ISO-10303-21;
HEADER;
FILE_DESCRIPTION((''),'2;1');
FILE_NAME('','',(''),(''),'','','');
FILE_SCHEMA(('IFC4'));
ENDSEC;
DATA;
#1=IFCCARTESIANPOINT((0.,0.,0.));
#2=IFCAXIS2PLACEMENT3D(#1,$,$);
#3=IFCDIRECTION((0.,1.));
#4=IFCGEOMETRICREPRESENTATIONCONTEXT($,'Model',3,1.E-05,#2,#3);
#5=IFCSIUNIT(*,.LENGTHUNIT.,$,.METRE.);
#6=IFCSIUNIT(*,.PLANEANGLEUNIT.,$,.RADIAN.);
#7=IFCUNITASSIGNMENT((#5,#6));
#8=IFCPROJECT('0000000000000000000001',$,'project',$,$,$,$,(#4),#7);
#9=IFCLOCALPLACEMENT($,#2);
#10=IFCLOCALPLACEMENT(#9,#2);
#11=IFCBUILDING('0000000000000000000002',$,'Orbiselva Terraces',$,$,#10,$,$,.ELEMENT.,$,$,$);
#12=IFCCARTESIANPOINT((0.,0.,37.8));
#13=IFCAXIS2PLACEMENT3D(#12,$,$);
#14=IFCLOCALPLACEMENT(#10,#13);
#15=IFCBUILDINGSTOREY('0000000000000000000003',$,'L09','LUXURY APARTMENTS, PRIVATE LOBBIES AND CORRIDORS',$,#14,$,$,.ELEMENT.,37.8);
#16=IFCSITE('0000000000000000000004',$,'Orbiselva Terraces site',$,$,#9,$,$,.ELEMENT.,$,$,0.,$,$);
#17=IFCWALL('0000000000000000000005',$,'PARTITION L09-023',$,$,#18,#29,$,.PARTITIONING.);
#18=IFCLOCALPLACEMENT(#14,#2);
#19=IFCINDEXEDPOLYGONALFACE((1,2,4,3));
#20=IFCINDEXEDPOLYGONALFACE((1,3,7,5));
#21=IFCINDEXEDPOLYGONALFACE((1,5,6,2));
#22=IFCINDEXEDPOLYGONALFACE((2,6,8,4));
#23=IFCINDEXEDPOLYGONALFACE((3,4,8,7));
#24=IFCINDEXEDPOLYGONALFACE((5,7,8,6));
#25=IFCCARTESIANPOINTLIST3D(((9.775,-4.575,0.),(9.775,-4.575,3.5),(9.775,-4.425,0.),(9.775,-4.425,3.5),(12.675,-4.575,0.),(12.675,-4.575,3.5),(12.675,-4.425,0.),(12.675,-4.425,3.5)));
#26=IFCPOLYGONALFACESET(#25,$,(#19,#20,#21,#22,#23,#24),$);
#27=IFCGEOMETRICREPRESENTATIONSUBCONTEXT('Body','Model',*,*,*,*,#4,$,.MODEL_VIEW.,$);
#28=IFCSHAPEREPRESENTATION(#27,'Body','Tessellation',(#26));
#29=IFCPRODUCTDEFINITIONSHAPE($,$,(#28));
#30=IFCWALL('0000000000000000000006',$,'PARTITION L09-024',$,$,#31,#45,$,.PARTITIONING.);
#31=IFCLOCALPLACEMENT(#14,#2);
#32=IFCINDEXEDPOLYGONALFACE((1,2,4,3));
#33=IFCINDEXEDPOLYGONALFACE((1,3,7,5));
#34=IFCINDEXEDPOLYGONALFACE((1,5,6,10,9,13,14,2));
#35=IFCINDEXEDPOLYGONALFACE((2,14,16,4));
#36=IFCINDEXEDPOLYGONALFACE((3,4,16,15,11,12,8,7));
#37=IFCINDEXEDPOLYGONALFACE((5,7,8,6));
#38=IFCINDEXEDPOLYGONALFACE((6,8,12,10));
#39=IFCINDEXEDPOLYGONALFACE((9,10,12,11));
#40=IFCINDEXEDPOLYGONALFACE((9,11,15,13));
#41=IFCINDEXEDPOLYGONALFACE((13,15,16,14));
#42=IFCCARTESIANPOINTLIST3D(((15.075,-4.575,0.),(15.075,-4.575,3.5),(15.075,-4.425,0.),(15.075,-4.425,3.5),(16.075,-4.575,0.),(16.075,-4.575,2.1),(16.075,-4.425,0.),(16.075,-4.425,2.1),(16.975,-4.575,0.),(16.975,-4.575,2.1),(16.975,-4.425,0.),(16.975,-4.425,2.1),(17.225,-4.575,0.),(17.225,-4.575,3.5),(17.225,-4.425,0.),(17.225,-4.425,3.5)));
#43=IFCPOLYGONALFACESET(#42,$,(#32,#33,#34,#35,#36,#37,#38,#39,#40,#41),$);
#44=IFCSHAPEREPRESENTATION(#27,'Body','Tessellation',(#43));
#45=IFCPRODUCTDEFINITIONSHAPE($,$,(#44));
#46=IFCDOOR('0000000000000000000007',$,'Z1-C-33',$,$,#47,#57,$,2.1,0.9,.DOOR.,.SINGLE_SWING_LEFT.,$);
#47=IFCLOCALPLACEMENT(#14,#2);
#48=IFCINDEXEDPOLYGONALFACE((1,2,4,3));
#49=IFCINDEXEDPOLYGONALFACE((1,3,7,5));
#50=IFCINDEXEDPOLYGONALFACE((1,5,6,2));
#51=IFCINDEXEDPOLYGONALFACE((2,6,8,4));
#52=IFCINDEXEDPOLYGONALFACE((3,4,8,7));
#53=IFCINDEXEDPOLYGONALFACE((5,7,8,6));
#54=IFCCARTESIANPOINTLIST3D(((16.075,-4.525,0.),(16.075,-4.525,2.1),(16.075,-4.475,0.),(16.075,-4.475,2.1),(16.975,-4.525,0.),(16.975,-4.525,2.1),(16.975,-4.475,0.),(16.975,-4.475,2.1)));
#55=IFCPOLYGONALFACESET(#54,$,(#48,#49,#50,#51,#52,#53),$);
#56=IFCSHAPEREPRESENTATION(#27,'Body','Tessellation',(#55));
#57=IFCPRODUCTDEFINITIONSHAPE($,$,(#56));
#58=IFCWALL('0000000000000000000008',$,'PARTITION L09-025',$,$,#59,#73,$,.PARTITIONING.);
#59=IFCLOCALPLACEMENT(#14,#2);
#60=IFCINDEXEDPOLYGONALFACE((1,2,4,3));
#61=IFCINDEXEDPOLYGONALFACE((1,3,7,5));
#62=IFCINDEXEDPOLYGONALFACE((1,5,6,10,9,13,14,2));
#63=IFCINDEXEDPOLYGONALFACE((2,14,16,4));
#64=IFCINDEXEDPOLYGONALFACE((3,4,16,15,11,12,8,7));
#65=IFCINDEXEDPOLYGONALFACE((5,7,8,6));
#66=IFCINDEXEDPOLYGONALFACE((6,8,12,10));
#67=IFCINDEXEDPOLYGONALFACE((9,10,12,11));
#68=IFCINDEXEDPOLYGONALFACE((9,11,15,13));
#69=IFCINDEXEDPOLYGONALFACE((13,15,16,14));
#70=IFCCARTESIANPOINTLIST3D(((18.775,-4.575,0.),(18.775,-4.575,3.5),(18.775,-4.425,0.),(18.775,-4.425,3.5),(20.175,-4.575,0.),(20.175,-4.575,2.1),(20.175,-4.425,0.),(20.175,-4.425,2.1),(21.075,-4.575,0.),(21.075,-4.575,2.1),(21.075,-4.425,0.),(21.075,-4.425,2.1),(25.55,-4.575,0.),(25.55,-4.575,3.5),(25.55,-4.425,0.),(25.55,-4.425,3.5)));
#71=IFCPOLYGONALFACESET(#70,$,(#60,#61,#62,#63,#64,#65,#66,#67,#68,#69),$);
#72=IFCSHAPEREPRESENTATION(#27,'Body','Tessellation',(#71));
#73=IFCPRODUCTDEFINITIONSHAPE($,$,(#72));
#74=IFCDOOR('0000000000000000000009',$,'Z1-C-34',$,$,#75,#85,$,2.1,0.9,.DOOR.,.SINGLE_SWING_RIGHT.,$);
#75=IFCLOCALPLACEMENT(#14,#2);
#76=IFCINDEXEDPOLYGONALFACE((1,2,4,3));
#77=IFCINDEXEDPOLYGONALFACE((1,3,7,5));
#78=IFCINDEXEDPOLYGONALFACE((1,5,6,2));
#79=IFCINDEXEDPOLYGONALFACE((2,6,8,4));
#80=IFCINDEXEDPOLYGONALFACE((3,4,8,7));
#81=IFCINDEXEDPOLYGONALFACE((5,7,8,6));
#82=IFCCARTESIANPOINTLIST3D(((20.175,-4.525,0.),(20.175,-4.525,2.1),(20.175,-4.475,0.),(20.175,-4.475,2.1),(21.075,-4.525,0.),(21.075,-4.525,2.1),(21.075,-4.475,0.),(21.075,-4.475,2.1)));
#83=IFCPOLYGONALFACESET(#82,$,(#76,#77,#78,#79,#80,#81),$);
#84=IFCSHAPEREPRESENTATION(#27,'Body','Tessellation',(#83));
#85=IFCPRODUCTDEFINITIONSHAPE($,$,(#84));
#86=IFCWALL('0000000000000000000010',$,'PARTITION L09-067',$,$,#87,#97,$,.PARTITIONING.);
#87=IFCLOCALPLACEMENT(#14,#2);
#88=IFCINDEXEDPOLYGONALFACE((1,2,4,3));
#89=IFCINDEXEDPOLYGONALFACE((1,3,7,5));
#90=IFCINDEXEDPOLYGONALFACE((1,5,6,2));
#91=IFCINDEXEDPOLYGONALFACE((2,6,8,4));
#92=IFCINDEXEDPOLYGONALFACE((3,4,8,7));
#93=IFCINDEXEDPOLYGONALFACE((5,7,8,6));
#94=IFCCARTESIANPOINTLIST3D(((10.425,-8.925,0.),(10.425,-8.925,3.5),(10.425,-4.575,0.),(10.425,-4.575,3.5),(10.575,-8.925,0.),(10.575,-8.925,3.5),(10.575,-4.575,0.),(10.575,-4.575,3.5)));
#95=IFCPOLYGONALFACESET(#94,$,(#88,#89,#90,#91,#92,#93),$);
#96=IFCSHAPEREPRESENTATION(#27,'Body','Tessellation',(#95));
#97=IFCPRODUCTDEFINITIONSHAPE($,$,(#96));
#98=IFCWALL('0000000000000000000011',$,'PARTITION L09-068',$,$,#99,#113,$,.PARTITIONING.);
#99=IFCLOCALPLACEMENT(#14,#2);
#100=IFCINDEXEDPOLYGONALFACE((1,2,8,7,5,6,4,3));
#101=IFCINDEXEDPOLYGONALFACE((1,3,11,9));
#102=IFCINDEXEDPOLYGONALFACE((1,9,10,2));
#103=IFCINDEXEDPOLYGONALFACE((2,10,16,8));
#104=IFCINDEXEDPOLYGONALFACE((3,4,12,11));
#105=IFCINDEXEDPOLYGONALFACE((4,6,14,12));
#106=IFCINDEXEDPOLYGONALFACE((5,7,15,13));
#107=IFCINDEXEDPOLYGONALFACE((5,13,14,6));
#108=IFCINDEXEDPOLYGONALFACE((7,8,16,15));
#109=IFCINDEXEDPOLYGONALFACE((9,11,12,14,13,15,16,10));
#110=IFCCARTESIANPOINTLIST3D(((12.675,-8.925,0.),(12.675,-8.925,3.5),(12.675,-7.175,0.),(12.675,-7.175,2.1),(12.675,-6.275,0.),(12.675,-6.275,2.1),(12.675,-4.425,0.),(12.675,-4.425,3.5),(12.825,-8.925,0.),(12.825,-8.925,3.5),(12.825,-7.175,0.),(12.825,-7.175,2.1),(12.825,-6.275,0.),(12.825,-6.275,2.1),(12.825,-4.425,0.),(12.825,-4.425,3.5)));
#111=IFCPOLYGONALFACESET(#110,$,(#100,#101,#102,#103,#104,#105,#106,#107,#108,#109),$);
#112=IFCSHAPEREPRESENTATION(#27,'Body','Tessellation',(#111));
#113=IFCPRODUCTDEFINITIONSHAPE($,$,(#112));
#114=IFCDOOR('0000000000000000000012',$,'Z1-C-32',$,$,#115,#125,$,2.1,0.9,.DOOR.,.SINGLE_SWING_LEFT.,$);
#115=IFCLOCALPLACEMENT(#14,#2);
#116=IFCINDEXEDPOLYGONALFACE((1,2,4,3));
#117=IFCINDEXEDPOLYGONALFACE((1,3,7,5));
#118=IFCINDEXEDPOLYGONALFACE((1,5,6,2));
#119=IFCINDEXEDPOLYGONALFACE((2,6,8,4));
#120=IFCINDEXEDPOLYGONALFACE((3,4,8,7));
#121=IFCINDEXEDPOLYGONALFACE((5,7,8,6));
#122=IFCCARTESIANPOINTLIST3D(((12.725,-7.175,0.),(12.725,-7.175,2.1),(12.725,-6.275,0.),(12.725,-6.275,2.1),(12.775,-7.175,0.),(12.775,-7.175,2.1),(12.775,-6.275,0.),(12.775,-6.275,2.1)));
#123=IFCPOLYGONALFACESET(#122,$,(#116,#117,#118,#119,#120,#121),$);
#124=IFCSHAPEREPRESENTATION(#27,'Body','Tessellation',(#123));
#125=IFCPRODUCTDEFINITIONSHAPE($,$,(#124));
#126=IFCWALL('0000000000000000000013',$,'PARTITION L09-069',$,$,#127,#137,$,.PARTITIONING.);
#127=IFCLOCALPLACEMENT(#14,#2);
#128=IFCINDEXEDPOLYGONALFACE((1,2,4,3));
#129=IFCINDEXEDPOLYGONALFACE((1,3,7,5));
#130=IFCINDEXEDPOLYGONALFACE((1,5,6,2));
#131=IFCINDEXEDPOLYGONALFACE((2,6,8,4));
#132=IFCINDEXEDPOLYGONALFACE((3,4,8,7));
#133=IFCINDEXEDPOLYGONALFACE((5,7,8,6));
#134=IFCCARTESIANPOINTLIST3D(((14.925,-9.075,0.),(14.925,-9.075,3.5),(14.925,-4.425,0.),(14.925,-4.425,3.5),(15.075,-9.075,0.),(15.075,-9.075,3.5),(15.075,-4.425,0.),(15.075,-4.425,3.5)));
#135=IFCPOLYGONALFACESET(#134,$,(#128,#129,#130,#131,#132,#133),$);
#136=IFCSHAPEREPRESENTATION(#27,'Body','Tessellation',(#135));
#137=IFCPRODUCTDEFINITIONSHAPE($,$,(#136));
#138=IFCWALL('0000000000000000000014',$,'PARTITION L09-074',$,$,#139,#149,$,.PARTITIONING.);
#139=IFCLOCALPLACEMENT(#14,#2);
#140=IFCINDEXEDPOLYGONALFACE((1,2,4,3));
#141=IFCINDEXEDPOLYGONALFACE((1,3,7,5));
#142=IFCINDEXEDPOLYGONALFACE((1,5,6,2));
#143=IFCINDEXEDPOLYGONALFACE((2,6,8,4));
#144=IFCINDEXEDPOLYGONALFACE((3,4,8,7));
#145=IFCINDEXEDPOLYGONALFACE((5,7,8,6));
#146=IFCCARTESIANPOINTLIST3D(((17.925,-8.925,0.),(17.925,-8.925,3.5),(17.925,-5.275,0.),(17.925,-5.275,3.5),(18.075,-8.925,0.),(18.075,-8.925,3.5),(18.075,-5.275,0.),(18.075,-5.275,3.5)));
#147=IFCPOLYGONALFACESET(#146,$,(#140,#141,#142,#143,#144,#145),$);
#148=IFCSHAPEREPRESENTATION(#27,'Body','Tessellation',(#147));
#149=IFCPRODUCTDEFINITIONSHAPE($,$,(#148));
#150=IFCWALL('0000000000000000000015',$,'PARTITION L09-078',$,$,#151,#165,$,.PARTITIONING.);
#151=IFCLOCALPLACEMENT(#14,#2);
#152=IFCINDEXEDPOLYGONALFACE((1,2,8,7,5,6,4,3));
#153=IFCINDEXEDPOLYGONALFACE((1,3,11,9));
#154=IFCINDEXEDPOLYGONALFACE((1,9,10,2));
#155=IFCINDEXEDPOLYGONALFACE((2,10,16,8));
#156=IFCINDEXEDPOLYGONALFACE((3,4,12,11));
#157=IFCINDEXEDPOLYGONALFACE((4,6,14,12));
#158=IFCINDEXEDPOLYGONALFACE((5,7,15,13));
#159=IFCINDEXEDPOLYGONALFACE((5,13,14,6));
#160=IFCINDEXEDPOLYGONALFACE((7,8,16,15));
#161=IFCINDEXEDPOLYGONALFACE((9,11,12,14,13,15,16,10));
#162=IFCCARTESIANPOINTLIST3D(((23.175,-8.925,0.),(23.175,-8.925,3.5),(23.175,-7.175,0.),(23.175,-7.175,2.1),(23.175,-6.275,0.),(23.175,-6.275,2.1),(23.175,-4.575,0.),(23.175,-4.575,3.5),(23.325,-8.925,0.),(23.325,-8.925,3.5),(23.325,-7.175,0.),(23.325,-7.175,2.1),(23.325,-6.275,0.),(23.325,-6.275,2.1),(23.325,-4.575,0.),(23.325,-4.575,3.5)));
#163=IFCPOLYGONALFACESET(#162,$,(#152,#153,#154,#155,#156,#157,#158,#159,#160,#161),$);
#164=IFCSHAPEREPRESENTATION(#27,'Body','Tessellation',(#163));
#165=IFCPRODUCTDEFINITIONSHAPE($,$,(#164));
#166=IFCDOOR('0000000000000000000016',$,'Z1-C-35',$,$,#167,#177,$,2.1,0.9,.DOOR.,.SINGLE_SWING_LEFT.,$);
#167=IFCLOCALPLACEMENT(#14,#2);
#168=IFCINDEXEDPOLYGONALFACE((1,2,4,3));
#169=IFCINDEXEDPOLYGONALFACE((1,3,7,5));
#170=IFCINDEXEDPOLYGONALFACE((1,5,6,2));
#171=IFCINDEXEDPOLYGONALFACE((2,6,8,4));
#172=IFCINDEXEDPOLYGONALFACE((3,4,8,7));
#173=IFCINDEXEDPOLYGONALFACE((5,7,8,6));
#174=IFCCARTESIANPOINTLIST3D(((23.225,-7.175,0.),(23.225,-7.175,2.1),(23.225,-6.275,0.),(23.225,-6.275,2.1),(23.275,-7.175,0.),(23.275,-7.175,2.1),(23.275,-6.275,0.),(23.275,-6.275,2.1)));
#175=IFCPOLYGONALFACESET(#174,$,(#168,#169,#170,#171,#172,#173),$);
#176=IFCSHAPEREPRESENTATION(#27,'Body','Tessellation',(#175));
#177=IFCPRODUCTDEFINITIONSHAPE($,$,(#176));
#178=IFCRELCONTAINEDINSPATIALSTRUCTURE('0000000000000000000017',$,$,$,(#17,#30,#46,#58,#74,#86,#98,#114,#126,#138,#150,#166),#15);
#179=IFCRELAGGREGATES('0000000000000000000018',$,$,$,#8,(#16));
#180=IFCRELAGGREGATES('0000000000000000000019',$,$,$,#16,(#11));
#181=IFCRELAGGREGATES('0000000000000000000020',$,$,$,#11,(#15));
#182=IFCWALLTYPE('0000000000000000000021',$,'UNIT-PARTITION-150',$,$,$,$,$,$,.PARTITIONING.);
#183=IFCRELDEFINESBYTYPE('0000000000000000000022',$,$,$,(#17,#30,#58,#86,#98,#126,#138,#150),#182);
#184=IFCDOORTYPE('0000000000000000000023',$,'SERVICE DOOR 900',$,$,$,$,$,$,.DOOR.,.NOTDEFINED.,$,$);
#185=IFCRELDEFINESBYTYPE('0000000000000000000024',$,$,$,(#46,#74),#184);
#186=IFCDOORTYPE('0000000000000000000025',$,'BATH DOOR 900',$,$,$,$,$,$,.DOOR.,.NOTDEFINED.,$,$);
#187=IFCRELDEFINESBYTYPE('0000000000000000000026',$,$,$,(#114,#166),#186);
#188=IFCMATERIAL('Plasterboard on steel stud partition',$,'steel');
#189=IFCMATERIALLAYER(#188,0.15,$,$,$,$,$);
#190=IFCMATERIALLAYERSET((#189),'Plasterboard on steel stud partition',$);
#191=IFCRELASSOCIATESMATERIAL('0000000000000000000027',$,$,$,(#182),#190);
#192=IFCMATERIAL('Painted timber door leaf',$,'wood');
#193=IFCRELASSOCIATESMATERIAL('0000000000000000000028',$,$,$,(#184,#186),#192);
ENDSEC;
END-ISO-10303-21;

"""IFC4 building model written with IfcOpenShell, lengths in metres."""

from ifc_helpers import new_model, si_unit, direction, frame, frame_2d, origin, place, context, subcontext, project, spatial, rectangle, extrude, material, layer, layer_set, type_object, element, fill, save


model = new_model("IFC4")

# Units and contexts
model_context = context("Model", 3, precision=1e-05, world=origin(), true_north=direction((0.0, 1.0)))
body_context = subcontext(model_context, "Body", "Model", "MODEL_VIEW")
ifc_project = project(units=[si_unit("LENGTHUNIT", "METRE"), si_unit("PLANEANGLEUNIT", "RADIAN")], contexts=[model_context])

# Site, building, storey
site_placement = place(None, origin())
site = spatial("IfcSite", under=ifc_project, at=site_placement, Name="Orbiselva Terraces site", CompositionType="ELEMENT", RefElevation=0.0)
building_placement = place(site_placement, origin())
building = spatial("IfcBuilding", under=site, at=building_placement, Name="Orbiselva Terraces", CompositionType="ELEMENT")
storey_placement = place(building_placement, frame((0.0, 0.0, 37.8)))
storey = spatial("IfcBuildingStorey", under=building, at=storey_placement, Name="L09", Description="LUXURY APARTMENTS, PRIVATE LOBBIES AND CORRIDORS", CompositionType="ELEMENT", Elevation=37.8)

# Shared definitions
ifc_material_1 = material(Name="Plasterboard on steel stud partition", Category="steel")

# Shared definitions
ifc_layer_1 = layer(ifc_material_1, 0.15)
ifc_layer_set_1 = layer_set([ifc_layer_1], Name="Plasterboard on steel stud partition")
wall_type_1 = type_object("IfcWallType", Name="UNIT-PARTITION-150", PredefinedType="PARTITIONING", material=ifc_layer_set_1)
ifc_material_2 = material(Name="Painted timber door leaf", Category="wood")

# Wall
wall_1_placement = place(storey_placement, frame((9.775, -4.5, 0.0), z_axis=(0.0, 0.0, 1.0), x_axis=(1.0, 0.0, 0.0)))
element("IfcWall", 1, at=wall_1_placement, inside=storey, type_object=wall_type_1, Name="PARTITION L09-023", PredefinedType="PARTITIONING", context=body_context, shape_type="SweptSolid", body=[
    extrude(rectangle(XDim=2.9, YDim=0.15, at=frame_2d((1.45, 0.0))), origin(), (0.0, 0.0, 1.0), 3.5),
])

# Walls, openings, doors
wall_2_placement = place(storey_placement, frame((17.225, -4.5, 0.0), z_axis=(0.0, 0.0, 1.0), x_axis=(-1.0, 0.0, 0.0)))
wall_2 = element("IfcWall", 2, at=wall_2_placement, inside=storey, type_object=wall_type_1, Name="PARTITION L09-024", PredefinedType="PARTITIONING", context=body_context, shape_type="SweptSolid", body=[
    extrude(rectangle(XDim=2.15, YDim=0.15, at=frame_2d((1.075, 0.0))), origin(), (0.0, 0.0, 1.0), 3.5),
])
opening_1_placement = place(wall_2_placement, frame((0.25, 0.0, 0.0)))
opening_1 = element("IfcOpeningElement", 3, at=opening_1_placement, cuts=wall_2, PredefinedType="OPENING", context=body_context, shape_type="SweptSolid", body=[
    extrude(rectangle(XDim=0.9, YDim=2.1, at=frame_2d((0.45, 1.05))), frame((0.0, 0.085, 0.0), z_axis=(0.0, -1.0, 0.0), x_axis=(1.0, 0.0, 0.0)), (0.0, 0.0, 1.0), 0.17),
])
door_type_1 = type_object("IfcDoorType", Name="SERVICE DOOR 900", OperationType="NOTDEFINED", PredefinedType="DOOR", material=ifc_material_2)
door_1_placement = place(opening_1_placement, origin())
door_1 = element("IfcDoor", 4, at=door_1_placement, inside=storey, type_object=door_type_1, Name="Z1-C-33", OperationType="SINGLE_SWING_LEFT", OverallHeight=2.1, OverallWidth=0.9, PredefinedType="DOOR", context=body_context, shape_type="SweptSolid", body=[
    extrude(rectangle(XDim=0.9, YDim=2.1, at=frame_2d((0.45, 1.05))), frame((0.0, 0.025, 0.0), z_axis=(0.0, -1.0, 0.0), x_axis=(1.0, 0.0, 0.0)), (0.0, 0.0, 1.0), 0.05),
])
fill(opening_1, door_1)
wall_3_placement = place(storey_placement, frame((25.55, -4.5, 0.0), z_axis=(0.0, 0.0, 1.0), x_axis=(-1.0, 0.0, 0.0)))
wall_3 = element("IfcWall", 5, at=wall_3_placement, inside=storey, type_object=wall_type_1, Name="PARTITION L09-025", PredefinedType="PARTITIONING", context=body_context, shape_type="SweptSolid", body=[
    extrude(rectangle(XDim=6.775, YDim=0.15, at=frame_2d((3.3875, 0.0))), origin(), (0.0, 0.0, 1.0), 3.5),
])
opening_2_placement = place(wall_3_placement, frame((4.475, 0.0, 0.0)))
opening_2 = element("IfcOpeningElement", 6, at=opening_2_placement, cuts=wall_3, PredefinedType="OPENING", context=body_context, shape_type="SweptSolid", body=[
    extrude(rectangle(XDim=0.9, YDim=2.1, at=frame_2d((0.45, 1.05))), frame((0.0, 0.085, 0.0), z_axis=(0.0, -1.0, 0.0), x_axis=(1.0, 0.0, 0.0)), (0.0, 0.0, 1.0), 0.17),
])
door_2_placement = place(opening_2_placement, origin())
door_2 = element("IfcDoor", 7, at=door_2_placement, inside=storey, type_object=door_type_1, Name="Z1-C-34", OperationType="SINGLE_SWING_RIGHT", OverallHeight=2.1, OverallWidth=0.9, PredefinedType="DOOR", context=body_context, shape_type="SweptSolid", body=[
    extrude(rectangle(XDim=0.9, YDim=2.1, at=frame_2d((0.45, 1.05))), frame((0.0, 0.025, 0.0), z_axis=(0.0, -1.0, 0.0), x_axis=(1.0, 0.0, 0.0)), (0.0, 0.0, 1.0), 0.05),
])
fill(opening_2, door_2)

# Wall
wall_4_placement = place(storey_placement, frame((10.5, -8.925, 0.0), z_axis=(0.0, 0.0, 1.0), x_axis=(0.0, 1.0, 0.0)))
element("IfcWall", 8, at=wall_4_placement, inside=storey, type_object=wall_type_1, Name="PARTITION L09-067", PredefinedType="PARTITIONING", context=body_context, shape_type="SweptSolid", body=[
    extrude(rectangle(XDim=4.35, YDim=0.15, at=frame_2d((2.175, 0.0))), origin(), (0.0, 0.0, 1.0), 3.5),
])

# Wall, opening, door
wall_5_placement = place(storey_placement, frame((12.75, -8.925, 0.0), z_axis=(0.0, 0.0, 1.0), x_axis=(0.0, 1.0, 0.0)))
wall_5 = element("IfcWall", 9, at=wall_5_placement, inside=storey, type_object=wall_type_1, Name="PARTITION L09-068", PredefinedType="PARTITIONING", context=body_context, shape_type="SweptSolid", body=[
    extrude(rectangle(XDim=4.5, YDim=0.15, at=frame_2d((2.25, 0.0))), origin(), (0.0, 0.0, 1.0), 3.5),
])
opening_3_placement = place(wall_5_placement, frame((1.75, 0.0, 0.0)))
opening_3 = element("IfcOpeningElement", 10, at=opening_3_placement, cuts=wall_5, PredefinedType="OPENING", context=body_context, shape_type="SweptSolid", body=[
    extrude(rectangle(XDim=0.9, YDim=2.1, at=frame_2d((0.45, 1.05))), frame((0.0, 0.085, 0.0), z_axis=(0.0, -1.0, 0.0), x_axis=(1.0, 0.0, 0.0)), (0.0, 0.0, 1.0), 0.17),
])
door_type_2 = type_object("IfcDoorType", Name="BATH DOOR 900", OperationType="NOTDEFINED", PredefinedType="DOOR", material=ifc_material_2)
door_3_placement = place(opening_3_placement, origin())
door_3 = element("IfcDoor", 11, at=door_3_placement, inside=storey, type_object=door_type_2, Name="Z1-C-32", OperationType="SINGLE_SWING_LEFT", OverallHeight=2.1, OverallWidth=0.9, PredefinedType="DOOR", context=body_context, shape_type="SweptSolid", body=[
    extrude(rectangle(XDim=0.9, YDim=2.1, at=frame_2d((0.45, 1.05))), frame((0.0, 0.025, 0.0), z_axis=(0.0, -1.0, 0.0), x_axis=(1.0, 0.0, 0.0)), (0.0, 0.0, 1.0), 0.05),
])
fill(opening_3, door_3)

# Walls
wall_6_placement = place(storey_placement, frame((15.0, -9.075, 0.0), z_axis=(0.0, 0.0, 1.0), x_axis=(0.0, 1.0, 0.0)))
element("IfcWall", 12, at=wall_6_placement, inside=storey, type_object=wall_type_1, Name="PARTITION L09-069", PredefinedType="PARTITIONING", context=body_context, shape_type="SweptSolid", body=[
    extrude(rectangle(XDim=4.65, YDim=0.15, at=frame_2d((2.325, 0.0))), origin(), (0.0, 0.0, 1.0), 3.5),
])
wall_7_placement = place(storey_placement, frame((18.0, -8.925, 0.0), z_axis=(0.0, 0.0, 1.0), x_axis=(0.0, 1.0, 0.0)))
element("IfcWall", 13, at=wall_7_placement, inside=storey, type_object=wall_type_1, Name="PARTITION L09-074", PredefinedType="PARTITIONING", context=body_context, shape_type="SweptSolid", body=[
    extrude(rectangle(XDim=3.65, YDim=0.15, at=frame_2d((1.825, 0.0))), origin(), (0.0, 0.0, 1.0), 3.5),
])

# Wall, opening, door
wall_8_placement = place(storey_placement, frame((23.25, -4.575, 0.0), z_axis=(0.0, 0.0, 1.0), x_axis=(0.0, -1.0, 0.0)))
wall_8 = element("IfcWall", 14, at=wall_8_placement, inside=storey, type_object=wall_type_1, Name="PARTITION L09-078", PredefinedType="PARTITIONING", context=body_context, shape_type="SweptSolid", body=[
    extrude(rectangle(XDim=4.35, YDim=0.15, at=frame_2d((2.175, 0.0))), origin(), (0.0, 0.0, 1.0), 3.5),
])
opening_4_placement = place(wall_8_placement, frame((1.7, 0.0, 0.0)))
opening_4 = element("IfcOpeningElement", 15, at=opening_4_placement, cuts=wall_8, PredefinedType="OPENING", context=body_context, shape_type="SweptSolid", body=[
    extrude(rectangle(XDim=0.9, YDim=2.1, at=frame_2d((0.45, 1.05))), frame((0.0, 0.085, 0.0), z_axis=(0.0, -1.0, 0.0), x_axis=(1.0, 0.0, 0.0)), (0.0, 0.0, 1.0), 0.17),
])
door_4_placement = place(opening_4_placement, origin())
door_4 = element("IfcDoor", 16, at=door_4_placement, inside=storey, type_object=door_type_2, Name="Z1-C-35", OperationType="SINGLE_SWING_LEFT", OverallHeight=2.1, OverallWidth=0.9, PredefinedType="DOOR", context=body_context, shape_type="SweptSolid", body=[
    extrude(rectangle(XDim=0.9, YDim=2.1, at=frame_2d((0.45, 1.05))), frame((0.0, 0.025, 0.0), z_axis=(0.0, -1.0, 0.0), x_axis=(1.0, 0.0, 0.0)), (0.0, 0.0, 1.0), 0.05),
])
fill(opening_4, door_4)

save(model, "model.ifc")
